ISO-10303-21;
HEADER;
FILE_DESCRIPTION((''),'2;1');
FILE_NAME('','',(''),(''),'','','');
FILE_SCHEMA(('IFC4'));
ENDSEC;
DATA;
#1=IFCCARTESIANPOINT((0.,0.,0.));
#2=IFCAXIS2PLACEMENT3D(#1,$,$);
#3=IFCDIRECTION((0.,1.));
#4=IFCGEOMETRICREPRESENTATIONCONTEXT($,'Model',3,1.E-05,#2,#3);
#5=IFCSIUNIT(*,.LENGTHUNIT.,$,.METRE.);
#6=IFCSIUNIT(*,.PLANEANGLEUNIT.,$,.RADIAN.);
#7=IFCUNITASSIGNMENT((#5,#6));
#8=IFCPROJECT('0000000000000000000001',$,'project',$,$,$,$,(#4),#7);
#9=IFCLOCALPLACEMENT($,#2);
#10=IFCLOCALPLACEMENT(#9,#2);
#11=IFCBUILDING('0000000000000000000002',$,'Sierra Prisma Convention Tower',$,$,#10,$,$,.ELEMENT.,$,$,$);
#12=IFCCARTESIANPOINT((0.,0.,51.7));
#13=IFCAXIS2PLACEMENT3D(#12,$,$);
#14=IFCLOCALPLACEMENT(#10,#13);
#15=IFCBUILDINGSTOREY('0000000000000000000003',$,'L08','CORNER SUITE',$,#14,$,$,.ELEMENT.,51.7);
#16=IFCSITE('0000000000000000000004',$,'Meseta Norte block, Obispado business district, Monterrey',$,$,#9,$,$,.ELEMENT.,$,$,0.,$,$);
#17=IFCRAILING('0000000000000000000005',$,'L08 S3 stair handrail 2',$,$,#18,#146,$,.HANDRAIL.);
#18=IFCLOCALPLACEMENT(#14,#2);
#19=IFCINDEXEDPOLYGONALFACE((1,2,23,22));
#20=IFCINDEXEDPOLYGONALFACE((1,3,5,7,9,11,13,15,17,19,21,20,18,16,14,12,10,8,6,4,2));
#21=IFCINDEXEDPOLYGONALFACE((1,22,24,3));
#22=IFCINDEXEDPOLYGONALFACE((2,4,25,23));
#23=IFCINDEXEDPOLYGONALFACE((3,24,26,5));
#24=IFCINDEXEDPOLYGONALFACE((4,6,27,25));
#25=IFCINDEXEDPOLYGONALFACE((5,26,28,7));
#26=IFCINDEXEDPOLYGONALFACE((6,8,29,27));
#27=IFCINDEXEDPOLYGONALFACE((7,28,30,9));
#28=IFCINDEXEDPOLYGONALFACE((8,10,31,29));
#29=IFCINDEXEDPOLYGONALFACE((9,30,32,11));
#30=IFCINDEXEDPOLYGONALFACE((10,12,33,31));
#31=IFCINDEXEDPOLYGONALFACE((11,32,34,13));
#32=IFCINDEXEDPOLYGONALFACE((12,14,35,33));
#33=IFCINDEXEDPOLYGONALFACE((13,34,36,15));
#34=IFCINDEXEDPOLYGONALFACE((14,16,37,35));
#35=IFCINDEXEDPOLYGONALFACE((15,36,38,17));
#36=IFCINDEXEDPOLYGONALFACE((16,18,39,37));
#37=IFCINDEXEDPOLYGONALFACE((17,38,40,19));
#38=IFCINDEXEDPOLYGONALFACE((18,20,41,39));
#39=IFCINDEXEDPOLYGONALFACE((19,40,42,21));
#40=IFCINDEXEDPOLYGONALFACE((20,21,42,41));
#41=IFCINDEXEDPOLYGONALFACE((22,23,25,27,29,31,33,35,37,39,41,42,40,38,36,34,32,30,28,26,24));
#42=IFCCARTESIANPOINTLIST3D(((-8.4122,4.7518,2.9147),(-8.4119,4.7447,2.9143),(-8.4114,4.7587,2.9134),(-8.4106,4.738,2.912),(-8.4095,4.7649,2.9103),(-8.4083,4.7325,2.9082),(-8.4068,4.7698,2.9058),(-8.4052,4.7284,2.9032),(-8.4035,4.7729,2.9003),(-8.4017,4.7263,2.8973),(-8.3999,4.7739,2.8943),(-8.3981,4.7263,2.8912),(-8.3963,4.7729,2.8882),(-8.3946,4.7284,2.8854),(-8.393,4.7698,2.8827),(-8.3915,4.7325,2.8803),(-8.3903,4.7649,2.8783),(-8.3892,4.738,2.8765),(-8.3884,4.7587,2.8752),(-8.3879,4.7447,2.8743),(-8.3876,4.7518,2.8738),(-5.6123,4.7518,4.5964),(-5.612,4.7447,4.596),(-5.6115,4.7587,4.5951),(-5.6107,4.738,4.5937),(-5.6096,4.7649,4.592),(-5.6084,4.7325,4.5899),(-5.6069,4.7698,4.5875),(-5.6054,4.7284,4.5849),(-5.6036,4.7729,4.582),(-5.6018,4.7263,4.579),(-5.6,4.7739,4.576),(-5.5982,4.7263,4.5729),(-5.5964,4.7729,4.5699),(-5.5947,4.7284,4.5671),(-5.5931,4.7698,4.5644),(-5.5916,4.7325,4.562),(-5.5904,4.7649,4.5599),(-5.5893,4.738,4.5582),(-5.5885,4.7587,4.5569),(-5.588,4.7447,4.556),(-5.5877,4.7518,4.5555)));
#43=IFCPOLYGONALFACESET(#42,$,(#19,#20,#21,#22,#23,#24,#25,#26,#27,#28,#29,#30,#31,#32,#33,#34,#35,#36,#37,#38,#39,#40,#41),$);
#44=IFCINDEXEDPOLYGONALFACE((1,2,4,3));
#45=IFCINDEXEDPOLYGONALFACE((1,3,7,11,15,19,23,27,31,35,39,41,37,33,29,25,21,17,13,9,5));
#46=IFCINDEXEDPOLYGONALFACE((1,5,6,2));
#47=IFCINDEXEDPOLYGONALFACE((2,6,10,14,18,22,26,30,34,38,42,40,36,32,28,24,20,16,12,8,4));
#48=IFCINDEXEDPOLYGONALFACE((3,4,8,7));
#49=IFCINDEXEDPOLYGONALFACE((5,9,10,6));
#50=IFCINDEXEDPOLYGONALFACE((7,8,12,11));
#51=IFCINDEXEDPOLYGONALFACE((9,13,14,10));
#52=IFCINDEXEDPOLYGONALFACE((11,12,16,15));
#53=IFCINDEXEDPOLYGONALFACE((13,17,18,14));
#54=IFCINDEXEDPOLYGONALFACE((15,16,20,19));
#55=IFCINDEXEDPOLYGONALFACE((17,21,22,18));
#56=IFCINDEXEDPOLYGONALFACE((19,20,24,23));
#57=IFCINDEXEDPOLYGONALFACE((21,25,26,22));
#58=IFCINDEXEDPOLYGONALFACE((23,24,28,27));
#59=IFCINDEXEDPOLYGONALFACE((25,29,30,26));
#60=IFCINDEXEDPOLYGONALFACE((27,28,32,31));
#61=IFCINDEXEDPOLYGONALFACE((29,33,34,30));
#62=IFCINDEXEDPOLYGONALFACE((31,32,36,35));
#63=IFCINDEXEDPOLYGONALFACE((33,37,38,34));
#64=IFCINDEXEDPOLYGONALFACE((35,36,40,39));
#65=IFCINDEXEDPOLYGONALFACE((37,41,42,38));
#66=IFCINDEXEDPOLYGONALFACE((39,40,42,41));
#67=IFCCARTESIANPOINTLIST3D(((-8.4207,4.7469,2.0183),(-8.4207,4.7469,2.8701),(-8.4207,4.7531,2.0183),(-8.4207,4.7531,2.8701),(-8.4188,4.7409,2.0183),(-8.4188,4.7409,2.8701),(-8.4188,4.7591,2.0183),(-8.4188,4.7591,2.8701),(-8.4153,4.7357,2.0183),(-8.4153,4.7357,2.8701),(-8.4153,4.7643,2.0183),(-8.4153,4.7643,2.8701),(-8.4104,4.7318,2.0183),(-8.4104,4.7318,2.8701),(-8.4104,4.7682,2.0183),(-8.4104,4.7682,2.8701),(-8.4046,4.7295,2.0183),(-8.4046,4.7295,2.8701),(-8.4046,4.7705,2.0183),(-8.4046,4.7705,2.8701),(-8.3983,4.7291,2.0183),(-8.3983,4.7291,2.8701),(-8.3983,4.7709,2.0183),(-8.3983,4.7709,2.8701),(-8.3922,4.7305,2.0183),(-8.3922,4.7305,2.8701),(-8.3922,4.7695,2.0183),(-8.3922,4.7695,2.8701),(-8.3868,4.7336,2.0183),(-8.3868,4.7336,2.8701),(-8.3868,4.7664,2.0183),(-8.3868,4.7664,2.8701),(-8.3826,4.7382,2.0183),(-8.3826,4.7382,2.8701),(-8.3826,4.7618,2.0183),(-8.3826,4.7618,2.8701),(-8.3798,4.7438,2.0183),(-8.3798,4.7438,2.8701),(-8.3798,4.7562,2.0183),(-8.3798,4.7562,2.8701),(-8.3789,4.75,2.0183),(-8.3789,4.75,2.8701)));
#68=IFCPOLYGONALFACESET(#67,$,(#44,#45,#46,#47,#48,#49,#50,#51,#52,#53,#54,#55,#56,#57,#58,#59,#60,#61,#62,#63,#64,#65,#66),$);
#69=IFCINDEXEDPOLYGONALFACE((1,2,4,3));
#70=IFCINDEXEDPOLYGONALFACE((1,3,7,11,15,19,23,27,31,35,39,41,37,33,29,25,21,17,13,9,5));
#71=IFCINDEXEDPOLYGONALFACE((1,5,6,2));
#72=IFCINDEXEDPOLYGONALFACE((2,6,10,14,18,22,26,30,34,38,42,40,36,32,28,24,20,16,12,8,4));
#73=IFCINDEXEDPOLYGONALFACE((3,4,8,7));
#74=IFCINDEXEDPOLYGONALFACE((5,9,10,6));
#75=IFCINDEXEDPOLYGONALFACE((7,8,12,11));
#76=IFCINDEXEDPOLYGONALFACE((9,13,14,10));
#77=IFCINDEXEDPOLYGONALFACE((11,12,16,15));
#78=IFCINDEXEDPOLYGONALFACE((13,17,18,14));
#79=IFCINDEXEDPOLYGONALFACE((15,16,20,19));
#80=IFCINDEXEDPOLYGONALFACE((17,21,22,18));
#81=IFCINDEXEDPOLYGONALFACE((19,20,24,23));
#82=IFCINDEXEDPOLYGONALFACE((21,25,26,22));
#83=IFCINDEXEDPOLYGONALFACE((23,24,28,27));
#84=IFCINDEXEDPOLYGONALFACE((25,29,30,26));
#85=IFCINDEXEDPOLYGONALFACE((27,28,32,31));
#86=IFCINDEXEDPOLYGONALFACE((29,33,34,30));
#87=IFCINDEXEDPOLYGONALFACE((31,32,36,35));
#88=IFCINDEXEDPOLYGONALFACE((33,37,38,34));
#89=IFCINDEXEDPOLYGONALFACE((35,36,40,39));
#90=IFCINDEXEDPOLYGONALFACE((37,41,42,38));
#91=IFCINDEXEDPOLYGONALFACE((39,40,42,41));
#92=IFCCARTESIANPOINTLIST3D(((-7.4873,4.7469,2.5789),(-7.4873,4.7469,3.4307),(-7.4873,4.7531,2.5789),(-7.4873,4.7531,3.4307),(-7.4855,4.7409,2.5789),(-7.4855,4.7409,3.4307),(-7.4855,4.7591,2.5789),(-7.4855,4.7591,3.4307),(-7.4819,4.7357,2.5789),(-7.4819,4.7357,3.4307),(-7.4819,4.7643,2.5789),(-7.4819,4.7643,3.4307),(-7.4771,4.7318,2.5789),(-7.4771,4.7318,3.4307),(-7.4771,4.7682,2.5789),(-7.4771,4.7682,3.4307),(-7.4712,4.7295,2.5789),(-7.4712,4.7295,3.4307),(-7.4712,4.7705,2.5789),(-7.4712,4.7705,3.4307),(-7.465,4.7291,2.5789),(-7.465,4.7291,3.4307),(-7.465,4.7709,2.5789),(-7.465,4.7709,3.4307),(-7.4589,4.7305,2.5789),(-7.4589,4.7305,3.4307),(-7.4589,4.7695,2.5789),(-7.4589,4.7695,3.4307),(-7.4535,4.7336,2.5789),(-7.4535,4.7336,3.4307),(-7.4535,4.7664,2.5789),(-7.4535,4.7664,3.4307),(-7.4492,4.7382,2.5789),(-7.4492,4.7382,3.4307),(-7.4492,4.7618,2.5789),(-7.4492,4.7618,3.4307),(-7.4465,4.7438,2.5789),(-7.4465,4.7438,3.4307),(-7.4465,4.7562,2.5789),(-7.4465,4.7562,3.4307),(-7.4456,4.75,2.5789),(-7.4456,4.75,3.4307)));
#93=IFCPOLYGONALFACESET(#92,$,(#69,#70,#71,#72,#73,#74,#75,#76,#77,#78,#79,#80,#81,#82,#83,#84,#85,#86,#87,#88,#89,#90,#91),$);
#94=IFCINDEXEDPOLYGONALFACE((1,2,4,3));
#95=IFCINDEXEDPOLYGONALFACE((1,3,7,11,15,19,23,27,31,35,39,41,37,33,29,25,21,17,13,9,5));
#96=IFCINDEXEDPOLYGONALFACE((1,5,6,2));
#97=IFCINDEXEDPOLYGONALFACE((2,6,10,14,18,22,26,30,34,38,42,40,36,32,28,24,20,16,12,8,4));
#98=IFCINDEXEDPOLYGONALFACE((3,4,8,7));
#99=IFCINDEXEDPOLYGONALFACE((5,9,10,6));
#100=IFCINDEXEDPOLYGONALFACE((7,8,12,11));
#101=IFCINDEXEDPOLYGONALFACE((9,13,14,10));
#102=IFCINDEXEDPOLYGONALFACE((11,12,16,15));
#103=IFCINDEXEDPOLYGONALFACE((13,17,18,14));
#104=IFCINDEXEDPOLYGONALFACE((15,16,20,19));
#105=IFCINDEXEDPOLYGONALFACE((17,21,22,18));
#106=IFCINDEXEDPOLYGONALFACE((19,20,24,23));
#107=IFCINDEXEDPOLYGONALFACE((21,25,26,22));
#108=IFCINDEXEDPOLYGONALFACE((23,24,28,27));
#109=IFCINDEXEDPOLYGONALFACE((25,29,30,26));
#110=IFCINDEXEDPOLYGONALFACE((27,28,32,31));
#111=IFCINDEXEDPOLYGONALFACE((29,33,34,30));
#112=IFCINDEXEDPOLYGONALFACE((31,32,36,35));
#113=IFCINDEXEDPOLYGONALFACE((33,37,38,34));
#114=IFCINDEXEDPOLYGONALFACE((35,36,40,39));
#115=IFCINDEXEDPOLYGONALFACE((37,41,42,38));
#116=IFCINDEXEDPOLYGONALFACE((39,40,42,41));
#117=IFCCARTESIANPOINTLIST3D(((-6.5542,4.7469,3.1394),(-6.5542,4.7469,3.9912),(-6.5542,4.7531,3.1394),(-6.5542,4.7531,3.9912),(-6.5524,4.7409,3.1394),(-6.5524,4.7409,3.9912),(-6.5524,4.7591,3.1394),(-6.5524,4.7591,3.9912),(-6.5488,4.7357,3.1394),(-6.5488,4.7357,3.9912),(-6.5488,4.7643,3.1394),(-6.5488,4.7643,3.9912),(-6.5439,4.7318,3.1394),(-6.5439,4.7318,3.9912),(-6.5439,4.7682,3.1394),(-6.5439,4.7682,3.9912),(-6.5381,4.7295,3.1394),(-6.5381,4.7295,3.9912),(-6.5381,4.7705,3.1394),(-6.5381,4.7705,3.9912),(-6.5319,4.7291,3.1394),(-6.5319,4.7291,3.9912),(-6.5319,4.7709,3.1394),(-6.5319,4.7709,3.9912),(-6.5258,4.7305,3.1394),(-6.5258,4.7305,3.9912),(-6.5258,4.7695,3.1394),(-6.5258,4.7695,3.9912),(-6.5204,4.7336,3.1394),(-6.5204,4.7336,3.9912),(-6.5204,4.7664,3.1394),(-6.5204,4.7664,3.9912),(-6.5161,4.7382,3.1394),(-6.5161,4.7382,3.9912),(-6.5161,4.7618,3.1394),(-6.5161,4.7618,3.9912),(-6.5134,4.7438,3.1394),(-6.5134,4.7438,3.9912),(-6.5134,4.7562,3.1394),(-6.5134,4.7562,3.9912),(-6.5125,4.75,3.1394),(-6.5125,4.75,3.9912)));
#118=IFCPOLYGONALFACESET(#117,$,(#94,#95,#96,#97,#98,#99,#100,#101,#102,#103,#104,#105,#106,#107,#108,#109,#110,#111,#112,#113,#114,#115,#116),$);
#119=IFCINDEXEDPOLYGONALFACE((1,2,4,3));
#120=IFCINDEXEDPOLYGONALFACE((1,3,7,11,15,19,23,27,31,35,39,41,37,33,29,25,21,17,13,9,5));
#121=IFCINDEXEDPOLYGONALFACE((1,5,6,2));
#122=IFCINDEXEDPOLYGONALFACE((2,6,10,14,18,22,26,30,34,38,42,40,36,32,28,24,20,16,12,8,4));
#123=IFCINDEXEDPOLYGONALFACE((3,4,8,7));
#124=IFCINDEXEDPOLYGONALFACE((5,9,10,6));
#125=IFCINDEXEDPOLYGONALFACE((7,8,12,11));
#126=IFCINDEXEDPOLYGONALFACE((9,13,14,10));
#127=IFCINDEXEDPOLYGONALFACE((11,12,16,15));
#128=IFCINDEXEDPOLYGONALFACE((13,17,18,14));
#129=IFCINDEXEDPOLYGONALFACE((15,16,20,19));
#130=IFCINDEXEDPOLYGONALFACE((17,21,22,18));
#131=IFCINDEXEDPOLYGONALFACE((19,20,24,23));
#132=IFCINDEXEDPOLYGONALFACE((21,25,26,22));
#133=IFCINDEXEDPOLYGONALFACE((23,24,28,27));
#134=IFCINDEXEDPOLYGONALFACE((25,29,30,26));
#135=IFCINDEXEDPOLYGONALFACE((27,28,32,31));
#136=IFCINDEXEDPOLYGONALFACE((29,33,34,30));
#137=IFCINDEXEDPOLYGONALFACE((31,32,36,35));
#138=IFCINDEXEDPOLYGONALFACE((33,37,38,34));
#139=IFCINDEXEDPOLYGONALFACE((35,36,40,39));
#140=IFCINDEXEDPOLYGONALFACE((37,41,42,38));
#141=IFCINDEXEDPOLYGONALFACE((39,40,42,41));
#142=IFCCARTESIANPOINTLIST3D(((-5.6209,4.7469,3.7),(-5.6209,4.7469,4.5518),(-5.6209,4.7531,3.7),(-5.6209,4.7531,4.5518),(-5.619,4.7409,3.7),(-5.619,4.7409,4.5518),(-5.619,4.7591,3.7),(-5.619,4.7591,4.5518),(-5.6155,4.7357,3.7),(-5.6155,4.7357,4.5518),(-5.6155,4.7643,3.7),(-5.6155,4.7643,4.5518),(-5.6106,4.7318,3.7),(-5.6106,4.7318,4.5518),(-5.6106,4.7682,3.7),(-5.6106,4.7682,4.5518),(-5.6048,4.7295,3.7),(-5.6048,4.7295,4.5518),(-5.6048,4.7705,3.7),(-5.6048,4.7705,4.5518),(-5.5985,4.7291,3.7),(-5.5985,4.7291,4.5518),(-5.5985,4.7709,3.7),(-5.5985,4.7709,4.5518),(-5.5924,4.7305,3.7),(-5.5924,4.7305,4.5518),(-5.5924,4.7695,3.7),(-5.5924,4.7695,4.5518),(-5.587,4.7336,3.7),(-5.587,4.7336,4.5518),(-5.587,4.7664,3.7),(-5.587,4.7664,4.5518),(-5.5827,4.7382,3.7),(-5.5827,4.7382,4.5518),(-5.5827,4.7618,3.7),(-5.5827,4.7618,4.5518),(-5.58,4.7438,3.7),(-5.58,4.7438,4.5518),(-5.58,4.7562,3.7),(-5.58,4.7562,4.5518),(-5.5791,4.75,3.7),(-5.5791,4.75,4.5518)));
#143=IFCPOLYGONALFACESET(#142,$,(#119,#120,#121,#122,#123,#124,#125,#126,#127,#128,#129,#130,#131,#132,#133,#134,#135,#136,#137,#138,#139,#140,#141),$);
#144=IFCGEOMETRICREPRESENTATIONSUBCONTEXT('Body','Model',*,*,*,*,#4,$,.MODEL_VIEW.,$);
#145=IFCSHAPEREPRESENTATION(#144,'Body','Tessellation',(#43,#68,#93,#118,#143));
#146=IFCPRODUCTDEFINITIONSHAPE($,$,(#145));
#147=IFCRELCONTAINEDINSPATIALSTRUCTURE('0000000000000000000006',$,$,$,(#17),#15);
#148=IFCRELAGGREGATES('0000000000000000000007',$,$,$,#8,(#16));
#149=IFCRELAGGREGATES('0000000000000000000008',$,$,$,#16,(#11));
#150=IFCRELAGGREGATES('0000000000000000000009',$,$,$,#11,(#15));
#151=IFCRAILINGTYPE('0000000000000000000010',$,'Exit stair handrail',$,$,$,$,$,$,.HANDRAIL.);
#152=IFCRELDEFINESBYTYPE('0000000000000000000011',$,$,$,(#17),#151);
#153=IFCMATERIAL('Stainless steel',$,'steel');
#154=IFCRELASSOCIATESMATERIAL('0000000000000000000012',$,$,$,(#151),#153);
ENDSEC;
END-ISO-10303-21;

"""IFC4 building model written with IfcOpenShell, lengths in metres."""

from ifc_helpers import new_model, si_unit, direction, frame, origin, origin_2d, place, context, subcontext, project, spatial, circle, extrude, material, type_object, element, save


model = new_model("IFC4")

# Units and contexts
model_context = context("Model", 3, precision=1e-05, world=origin(), true_north=direction((0.0, 1.0)))
body_context = subcontext(model_context, "Body", "Model", "MODEL_VIEW")
ifc_project = project(units=[si_unit("LENGTHUNIT", "METRE"), si_unit("PLANEANGLEUNIT", "RADIAN")], contexts=[model_context])

# Site, building, storey
site_placement = place(None, origin())
site = spatial("IfcSite", under=ifc_project, at=site_placement, Name="Meseta Norte block, Obispado business district, Monterrey", CompositionType="ELEMENT", RefElevation=0.0)
building_placement = place(site_placement, origin())
building = spatial("IfcBuilding", under=site, at=building_placement, Name="Sierra Prisma Convention Tower", CompositionType="ELEMENT")
storey_placement = place(building_placement, frame((0.0, 0.0, 51.7)))
storey = spatial("IfcBuildingStorey", under=building, at=storey_placement, Name="L08", Description="CORNER SUITE", CompositionType="ELEMENT", Elevation=51.7)

# Railing
ifc_material_1 = material(Name="Stainless steel", Category="steel")
railing_type_1 = type_object("IfcRailingType", Name="Exit stair handrail", PredefinedType="HANDRAIL", material=ifc_material_1)
railing_1_placement = place(storey_placement, frame((-8.3999, 4.75, 2.0183)))
element("IfcRailing", 1, at=railing_1_placement, inside=storey, type_object=railing_type_1, Name="L08 S3 stair handrail 2", PredefinedType="HANDRAIL", context=body_context, shape_type="SweptSolid", body=[
    extrude(circle(Radius=0.0239, at=origin_2d()), frame((0.0, 0.0, 0.876), z_axis=(0.857255, 0.0, 0.514891), x_axis=(0.0, 1.0, 0.0)), (0.0, 0.0, 1.0), 3.2661),
    extrude(circle(Radius=0.021, at=origin_2d()), origin(), (0.0, 0.0, 1.0), 0.8518),
    extrude(circle(Radius=0.021, at=origin_2d()), frame((0.9333, 0.0, 0.5605)), (0.0, 0.0, 1.0), 0.8518),
    extrude(circle(Radius=0.021, at=origin_2d()), frame((1.8665, 0.0, 1.1211)), (0.0, 0.0, 1.0), 0.8518),
    extrude(circle(Radius=0.021, at=origin_2d()), frame((2.7998, 0.0, 1.6816)), (0.0, 0.0, 1.0), 0.8518),
])

save(model, "model.ifc")
